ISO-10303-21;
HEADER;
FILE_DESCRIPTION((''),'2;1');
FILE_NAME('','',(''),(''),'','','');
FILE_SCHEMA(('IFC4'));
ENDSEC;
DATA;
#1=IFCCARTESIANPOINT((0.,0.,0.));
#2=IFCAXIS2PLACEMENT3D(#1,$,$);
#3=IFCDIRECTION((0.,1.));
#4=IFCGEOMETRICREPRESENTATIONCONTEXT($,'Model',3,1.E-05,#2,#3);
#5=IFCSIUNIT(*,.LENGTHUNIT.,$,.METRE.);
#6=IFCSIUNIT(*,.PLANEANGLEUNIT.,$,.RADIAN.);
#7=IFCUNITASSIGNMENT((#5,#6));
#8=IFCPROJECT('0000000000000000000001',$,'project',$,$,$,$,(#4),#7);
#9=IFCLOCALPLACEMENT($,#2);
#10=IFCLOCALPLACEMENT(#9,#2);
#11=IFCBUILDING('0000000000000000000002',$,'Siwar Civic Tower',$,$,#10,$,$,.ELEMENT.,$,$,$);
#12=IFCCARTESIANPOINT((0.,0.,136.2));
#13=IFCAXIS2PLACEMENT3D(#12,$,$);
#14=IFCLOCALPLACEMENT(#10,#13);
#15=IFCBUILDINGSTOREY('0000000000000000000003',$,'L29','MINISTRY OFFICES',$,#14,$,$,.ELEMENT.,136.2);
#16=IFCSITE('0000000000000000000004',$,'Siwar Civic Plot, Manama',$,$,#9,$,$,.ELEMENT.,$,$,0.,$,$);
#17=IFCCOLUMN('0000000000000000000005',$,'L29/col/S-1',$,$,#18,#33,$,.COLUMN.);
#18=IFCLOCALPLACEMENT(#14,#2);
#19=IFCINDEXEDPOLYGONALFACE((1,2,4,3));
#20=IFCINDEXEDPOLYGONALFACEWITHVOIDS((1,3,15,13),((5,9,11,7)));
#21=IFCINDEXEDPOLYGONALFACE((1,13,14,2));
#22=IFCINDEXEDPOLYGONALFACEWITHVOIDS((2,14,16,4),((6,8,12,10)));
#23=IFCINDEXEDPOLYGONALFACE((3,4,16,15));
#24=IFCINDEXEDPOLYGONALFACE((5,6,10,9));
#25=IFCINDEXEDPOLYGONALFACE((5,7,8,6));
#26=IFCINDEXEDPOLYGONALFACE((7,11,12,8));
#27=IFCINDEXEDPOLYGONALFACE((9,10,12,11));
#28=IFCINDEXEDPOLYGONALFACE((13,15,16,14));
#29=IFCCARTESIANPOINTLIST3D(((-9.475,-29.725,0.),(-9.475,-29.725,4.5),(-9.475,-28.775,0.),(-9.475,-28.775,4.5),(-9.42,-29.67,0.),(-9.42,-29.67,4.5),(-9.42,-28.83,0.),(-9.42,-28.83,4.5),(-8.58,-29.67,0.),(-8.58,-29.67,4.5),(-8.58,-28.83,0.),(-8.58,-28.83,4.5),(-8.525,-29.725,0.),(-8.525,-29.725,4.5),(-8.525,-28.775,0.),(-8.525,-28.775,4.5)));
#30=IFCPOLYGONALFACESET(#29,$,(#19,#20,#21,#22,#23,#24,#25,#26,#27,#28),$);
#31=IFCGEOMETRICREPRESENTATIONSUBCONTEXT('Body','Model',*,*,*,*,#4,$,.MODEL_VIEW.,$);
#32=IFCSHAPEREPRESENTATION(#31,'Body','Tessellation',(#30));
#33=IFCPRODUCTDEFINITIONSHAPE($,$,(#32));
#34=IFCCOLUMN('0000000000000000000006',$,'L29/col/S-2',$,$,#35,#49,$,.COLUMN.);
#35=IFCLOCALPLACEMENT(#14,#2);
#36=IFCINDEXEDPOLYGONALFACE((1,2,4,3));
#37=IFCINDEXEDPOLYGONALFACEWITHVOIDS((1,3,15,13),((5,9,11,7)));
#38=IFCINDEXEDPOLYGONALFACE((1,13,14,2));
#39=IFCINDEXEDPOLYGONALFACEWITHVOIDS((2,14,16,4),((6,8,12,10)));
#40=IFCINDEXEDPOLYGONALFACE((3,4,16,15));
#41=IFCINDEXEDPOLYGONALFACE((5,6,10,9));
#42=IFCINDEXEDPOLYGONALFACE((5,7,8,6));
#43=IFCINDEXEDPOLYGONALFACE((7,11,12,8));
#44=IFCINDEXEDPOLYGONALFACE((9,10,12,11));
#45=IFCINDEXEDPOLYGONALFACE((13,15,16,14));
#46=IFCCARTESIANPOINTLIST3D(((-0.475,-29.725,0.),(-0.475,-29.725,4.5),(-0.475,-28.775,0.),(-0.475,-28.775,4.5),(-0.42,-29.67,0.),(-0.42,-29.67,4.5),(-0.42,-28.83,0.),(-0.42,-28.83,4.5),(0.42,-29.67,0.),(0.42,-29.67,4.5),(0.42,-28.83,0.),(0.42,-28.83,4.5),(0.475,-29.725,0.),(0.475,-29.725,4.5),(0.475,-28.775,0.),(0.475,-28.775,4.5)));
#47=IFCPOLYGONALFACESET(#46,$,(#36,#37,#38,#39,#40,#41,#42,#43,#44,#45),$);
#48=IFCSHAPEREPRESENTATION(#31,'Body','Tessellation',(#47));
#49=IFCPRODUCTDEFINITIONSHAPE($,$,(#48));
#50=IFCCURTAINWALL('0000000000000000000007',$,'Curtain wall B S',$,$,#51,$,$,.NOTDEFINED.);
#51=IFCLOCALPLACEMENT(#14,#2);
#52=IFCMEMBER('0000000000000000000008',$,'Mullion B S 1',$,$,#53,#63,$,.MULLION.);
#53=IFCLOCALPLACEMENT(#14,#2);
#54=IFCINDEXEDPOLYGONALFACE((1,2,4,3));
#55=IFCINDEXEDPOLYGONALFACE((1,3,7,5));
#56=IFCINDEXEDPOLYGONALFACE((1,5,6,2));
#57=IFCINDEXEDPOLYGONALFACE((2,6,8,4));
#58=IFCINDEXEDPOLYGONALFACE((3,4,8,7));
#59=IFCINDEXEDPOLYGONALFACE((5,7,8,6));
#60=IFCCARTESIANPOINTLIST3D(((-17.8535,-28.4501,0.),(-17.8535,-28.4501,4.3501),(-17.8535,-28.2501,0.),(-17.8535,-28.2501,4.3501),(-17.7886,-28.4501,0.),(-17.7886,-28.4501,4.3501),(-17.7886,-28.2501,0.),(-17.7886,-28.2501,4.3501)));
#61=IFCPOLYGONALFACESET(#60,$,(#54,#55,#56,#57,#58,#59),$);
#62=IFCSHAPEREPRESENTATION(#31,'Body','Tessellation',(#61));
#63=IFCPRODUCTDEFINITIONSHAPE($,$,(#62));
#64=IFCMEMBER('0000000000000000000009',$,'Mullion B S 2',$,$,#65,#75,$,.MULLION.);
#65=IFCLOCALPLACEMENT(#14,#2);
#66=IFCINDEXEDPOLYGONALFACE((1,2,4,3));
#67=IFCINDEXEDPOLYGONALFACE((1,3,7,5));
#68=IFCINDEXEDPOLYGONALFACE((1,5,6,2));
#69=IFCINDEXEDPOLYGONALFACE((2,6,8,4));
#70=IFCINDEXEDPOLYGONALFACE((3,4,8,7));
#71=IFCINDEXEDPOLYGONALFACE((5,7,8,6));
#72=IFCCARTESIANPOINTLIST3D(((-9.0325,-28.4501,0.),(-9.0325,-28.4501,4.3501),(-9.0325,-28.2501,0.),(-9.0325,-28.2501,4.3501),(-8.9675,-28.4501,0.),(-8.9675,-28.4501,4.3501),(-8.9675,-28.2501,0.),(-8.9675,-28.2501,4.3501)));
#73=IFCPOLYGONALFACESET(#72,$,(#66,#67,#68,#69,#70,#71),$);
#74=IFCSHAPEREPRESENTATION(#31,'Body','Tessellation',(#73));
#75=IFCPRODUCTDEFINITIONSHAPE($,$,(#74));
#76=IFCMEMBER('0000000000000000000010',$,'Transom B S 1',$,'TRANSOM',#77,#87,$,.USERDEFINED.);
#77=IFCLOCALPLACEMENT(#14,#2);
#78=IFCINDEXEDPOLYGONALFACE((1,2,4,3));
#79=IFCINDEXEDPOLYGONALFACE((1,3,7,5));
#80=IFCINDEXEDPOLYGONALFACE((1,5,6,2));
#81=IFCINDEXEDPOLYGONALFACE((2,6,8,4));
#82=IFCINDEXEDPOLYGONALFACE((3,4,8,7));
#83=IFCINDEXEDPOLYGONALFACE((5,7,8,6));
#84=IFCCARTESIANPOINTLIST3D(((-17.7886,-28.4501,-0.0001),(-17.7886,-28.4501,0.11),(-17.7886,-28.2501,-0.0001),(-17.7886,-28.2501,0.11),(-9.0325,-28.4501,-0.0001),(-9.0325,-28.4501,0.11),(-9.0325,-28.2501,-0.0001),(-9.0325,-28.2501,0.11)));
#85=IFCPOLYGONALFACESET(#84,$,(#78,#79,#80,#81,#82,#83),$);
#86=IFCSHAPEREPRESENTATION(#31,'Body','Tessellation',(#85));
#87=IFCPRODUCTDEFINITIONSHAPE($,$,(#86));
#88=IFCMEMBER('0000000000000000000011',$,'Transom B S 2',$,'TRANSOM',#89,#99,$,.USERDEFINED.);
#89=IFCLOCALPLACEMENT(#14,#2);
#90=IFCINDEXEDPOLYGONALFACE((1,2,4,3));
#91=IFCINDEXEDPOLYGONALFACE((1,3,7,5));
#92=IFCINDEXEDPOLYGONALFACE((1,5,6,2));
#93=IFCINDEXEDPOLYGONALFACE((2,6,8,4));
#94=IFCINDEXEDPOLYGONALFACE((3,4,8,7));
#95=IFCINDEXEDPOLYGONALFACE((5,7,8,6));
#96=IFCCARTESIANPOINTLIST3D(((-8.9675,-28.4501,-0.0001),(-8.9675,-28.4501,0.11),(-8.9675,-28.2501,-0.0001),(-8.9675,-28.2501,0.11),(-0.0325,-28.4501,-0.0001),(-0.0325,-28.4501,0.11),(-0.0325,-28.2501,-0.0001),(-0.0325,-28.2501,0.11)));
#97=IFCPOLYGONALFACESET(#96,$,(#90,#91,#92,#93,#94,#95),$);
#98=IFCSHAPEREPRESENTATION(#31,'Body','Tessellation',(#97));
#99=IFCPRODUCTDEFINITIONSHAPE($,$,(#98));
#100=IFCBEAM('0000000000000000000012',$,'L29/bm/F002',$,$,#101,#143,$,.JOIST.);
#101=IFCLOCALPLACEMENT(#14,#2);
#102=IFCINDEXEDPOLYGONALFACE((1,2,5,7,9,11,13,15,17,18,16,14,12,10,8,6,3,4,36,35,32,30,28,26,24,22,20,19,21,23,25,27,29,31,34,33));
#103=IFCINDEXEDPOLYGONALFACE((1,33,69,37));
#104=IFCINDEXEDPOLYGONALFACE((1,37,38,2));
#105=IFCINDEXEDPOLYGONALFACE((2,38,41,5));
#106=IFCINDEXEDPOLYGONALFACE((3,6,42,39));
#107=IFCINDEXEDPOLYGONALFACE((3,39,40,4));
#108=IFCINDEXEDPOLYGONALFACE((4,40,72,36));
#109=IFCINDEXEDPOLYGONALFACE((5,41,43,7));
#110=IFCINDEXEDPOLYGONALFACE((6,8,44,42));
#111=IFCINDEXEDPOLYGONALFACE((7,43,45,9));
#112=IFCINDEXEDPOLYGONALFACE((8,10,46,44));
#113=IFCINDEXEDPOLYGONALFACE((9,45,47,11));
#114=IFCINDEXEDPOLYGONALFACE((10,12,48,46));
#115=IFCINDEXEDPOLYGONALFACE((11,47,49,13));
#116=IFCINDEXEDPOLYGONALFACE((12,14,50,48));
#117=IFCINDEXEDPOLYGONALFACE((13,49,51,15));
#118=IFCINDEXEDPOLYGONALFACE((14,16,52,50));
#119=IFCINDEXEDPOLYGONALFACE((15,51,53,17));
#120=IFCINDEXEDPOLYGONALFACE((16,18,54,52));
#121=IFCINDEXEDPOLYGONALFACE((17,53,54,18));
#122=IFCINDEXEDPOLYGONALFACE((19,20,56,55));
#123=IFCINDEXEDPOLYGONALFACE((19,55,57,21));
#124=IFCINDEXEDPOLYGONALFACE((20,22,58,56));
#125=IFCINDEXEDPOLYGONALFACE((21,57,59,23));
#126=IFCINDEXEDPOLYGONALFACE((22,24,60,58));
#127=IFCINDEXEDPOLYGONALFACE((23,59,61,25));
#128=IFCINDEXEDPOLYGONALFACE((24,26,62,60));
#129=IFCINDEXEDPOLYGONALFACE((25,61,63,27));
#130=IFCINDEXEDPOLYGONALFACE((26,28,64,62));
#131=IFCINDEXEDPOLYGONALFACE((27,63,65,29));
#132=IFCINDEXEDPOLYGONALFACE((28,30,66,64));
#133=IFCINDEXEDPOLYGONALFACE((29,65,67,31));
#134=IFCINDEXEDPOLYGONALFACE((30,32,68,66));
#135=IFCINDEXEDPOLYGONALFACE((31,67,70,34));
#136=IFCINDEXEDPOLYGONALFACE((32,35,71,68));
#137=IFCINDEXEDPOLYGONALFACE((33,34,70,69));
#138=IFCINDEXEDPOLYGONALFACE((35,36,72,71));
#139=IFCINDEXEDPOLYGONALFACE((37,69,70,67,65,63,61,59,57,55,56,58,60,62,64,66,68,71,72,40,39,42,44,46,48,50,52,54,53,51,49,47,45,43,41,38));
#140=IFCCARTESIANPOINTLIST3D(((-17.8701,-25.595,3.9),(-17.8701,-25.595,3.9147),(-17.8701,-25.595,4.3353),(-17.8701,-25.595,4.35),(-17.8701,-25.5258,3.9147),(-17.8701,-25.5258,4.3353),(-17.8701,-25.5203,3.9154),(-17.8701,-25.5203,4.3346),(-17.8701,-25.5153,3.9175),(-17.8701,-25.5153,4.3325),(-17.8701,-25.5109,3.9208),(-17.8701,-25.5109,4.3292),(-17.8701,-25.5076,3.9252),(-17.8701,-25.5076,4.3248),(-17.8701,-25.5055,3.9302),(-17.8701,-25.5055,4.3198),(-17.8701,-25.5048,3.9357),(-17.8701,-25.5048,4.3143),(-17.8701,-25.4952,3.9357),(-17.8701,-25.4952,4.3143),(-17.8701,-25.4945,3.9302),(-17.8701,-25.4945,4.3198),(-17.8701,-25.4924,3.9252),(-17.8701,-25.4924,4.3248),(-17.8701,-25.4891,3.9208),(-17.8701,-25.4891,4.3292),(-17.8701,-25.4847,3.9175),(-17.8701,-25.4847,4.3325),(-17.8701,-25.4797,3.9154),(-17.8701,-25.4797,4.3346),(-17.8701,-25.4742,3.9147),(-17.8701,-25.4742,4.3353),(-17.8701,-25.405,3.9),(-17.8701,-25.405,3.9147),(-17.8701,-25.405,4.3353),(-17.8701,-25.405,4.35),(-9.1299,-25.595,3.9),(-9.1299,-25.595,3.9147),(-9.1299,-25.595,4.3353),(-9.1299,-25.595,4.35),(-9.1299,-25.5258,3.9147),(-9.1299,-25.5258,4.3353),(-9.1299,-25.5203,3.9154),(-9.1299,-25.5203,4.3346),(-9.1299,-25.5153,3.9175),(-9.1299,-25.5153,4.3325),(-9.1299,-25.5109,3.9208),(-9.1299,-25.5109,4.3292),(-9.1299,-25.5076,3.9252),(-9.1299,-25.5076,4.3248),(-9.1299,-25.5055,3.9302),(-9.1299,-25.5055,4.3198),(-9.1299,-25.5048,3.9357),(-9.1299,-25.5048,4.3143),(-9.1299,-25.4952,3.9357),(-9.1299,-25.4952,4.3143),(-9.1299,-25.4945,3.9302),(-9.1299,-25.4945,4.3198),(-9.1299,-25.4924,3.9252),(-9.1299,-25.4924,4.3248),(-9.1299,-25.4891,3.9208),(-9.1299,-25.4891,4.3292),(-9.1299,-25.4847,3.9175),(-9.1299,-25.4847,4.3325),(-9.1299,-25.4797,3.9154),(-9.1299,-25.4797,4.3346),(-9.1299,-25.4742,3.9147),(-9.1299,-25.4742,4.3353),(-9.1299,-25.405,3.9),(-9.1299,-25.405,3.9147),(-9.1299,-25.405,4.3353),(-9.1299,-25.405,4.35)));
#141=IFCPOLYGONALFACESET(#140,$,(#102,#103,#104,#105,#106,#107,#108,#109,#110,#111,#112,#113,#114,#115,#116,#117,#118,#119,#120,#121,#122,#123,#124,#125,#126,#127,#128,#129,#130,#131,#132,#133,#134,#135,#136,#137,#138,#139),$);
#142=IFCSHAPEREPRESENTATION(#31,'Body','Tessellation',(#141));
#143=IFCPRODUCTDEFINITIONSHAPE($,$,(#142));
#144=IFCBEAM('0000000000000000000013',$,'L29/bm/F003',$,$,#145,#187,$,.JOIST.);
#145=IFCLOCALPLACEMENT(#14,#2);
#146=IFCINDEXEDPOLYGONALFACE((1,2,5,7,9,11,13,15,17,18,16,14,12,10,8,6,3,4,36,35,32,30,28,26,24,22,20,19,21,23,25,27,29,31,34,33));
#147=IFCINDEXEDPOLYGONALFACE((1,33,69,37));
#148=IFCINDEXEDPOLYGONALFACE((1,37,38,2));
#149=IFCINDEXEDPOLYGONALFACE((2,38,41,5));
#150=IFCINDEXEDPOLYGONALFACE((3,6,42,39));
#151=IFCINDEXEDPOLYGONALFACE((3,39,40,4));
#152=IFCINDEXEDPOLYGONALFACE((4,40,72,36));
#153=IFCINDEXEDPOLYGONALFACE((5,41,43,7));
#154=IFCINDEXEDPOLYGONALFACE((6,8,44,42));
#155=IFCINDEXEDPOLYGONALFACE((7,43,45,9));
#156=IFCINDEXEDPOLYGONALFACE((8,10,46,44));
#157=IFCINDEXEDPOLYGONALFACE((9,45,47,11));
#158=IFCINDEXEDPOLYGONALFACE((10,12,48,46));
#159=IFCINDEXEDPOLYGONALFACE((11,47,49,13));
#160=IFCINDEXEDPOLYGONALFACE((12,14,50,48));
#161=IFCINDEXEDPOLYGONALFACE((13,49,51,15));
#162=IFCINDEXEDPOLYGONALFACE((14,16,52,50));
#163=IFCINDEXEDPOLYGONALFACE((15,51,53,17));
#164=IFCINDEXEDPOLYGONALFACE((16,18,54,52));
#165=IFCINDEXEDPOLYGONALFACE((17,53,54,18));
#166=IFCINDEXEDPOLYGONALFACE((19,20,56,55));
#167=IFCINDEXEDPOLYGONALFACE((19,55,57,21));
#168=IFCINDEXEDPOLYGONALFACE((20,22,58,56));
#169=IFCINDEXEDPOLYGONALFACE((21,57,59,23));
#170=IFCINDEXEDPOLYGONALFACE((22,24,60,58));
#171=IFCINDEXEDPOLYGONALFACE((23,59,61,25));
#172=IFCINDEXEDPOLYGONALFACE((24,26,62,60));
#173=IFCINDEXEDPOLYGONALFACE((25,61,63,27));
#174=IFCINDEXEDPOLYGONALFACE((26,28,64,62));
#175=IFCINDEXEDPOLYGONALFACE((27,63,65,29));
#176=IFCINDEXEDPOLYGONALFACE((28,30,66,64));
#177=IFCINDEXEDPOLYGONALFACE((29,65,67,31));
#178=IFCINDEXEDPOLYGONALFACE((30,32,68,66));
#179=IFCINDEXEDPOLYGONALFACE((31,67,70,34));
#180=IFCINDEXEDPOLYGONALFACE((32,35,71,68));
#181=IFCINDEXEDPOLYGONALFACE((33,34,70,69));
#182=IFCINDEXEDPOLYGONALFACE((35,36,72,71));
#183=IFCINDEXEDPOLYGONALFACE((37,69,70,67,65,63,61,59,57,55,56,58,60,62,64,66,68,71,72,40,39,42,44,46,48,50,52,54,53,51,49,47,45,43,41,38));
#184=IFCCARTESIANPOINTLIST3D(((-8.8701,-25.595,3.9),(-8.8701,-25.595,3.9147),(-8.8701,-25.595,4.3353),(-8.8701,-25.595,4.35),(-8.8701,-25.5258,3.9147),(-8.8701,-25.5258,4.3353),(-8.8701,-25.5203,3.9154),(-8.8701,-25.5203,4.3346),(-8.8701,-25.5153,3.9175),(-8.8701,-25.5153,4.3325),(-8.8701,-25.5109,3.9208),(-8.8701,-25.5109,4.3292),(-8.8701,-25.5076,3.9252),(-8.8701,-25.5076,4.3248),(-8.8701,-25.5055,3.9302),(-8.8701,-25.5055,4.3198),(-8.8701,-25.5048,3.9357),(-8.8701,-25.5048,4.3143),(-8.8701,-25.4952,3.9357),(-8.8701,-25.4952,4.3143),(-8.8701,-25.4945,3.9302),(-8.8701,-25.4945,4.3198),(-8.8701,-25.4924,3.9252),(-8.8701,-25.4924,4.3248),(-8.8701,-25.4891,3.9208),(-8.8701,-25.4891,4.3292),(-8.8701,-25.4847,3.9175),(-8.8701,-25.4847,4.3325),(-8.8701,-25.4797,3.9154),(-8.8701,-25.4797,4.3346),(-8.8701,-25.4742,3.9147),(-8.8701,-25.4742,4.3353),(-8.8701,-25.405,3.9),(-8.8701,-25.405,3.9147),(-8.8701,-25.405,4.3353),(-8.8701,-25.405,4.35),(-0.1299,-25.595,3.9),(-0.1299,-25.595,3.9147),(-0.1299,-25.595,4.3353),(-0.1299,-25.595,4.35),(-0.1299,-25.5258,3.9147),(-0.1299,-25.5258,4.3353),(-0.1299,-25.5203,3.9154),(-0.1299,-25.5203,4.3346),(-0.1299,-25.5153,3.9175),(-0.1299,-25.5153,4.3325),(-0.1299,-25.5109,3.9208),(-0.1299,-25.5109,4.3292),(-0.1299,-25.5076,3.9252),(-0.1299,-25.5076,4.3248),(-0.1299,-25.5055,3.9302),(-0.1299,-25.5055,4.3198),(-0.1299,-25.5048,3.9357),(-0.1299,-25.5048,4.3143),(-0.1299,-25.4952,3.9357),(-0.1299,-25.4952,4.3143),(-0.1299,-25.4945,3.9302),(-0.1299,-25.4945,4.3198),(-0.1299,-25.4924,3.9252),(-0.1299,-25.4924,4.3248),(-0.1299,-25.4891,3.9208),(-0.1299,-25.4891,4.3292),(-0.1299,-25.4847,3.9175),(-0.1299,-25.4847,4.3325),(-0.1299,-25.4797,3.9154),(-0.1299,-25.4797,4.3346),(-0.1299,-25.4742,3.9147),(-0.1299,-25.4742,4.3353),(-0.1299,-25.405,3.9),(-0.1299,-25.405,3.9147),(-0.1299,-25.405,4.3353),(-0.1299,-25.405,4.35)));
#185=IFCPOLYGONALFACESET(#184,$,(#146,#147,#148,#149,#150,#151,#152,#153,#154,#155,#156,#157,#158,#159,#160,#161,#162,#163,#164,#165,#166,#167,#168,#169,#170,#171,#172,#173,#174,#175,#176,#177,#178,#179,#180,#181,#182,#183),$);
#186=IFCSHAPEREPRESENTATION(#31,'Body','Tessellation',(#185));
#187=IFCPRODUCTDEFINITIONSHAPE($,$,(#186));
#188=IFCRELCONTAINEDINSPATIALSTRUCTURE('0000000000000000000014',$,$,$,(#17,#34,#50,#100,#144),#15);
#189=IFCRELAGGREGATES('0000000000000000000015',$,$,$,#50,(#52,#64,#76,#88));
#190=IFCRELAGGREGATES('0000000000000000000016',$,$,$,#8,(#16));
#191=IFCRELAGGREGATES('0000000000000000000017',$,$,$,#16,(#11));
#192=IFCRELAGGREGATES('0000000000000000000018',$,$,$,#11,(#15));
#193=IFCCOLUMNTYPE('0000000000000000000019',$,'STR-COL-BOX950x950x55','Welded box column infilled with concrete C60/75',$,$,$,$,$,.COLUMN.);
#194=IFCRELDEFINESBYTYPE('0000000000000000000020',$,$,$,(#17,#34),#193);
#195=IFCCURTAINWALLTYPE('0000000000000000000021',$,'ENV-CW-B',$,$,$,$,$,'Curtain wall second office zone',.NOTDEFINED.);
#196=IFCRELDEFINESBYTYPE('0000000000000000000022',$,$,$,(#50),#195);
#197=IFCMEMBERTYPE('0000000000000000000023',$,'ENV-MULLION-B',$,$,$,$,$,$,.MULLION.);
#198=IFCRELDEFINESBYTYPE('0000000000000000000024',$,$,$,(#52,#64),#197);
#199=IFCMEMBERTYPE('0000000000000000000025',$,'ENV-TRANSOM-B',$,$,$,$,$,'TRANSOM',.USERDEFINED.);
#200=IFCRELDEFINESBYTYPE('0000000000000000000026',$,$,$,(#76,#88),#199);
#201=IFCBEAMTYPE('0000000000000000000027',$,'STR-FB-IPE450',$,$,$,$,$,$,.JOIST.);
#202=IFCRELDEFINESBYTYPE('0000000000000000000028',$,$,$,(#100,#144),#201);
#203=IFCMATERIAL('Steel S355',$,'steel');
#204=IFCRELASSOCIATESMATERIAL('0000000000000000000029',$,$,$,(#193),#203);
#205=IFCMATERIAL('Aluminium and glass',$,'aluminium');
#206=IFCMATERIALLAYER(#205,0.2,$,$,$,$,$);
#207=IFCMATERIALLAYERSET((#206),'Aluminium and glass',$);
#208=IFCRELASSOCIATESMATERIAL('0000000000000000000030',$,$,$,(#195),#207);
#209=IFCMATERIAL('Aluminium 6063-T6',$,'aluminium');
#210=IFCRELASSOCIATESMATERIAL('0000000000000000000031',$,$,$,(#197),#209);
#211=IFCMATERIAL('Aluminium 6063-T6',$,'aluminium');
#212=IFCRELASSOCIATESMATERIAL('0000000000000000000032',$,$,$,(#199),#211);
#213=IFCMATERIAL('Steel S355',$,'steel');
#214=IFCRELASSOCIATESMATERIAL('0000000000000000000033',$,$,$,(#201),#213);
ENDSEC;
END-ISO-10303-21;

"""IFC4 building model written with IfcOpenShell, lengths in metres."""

from ifc_helpers import new_model, si_unit, direction, frame, origin, origin_2d, place, context, subcontext, project, spatial, rectangle, hollow_rectangle, i_section, extrude, material, layer, layer_set, material_profile, profile_set, type_object, element, aggregate, save


model = new_model("IFC4")

# Units and contexts
model_context = context("Model", 3, precision=1e-05, world=origin(), true_north=direction((0.0, 1.0)))
body_context = subcontext(model_context, "Body", "Model", "MODEL_VIEW")
ifc_project = project(units=[si_unit("LENGTHUNIT", "METRE"), si_unit("PLANEANGLEUNIT", "RADIAN")], contexts=[model_context])

# Site, building, storey
site_placement = place(None, origin())
site = spatial("IfcSite", under=ifc_project, at=site_placement, Name="Siwar Civic Plot, Manama", CompositionType="ELEMENT", RefElevation=0.0)
building_placement = place(site_placement, origin())
building = spatial("IfcBuilding", under=site, at=building_placement, Name="Siwar Civic Tower", CompositionType="ELEMENT")
storey_placement = place(building_placement, frame((0.0, 0.0, 136.2)))
storey = spatial("IfcBuildingStorey", under=building, at=storey_placement, Name="L29", Description="MINISTRY OFFICES", CompositionType="ELEMENT", Elevation=136.2)

# Columns
ifc_material_1 = material(Name="Steel S355", Category="steel")
ifc_material_profile_1 = material_profile(ifc_material_1, hollow_rectangle(XDim=0.95, YDim=0.95, WallThickness=0.0549, at=origin_2d()), Name="BOX950x950x55")
ifc_profile_set_1 = profile_set([ifc_material_profile_1], Name="Steel S355")
column_type = type_object("IfcColumnType", Name="STR-COL-BOX950x950x55", Description="Welded box column infilled with concrete C60/75", PredefinedType="COLUMN", material=ifc_profile_set_1)
for number, where, z_axis, x_axis, name in (
    (1, (-9.0, -29.25, 0.0), (0.0, 0.0, 1.0), (1.0, 0.0, 0.0), "L29/col/S-1"),
    (2, (0.0, -29.25, 0.0), (0.0, 0.0, 1.0), (1.0, 0.0, 0.0), "L29/col/S-2"),
):
    element("IfcColumn", number, at=place(storey_placement, frame(where, z_axis=z_axis, x_axis=x_axis)), inside=storey, type_object=column_type, Name=name, PredefinedType="COLUMN", context=body_context, shape_type="SweptSolid", body=[
        extrude(hollow_rectangle(XDim=0.95, YDim=0.95, WallThickness=0.0549, at=origin_2d()), origin(), (0.0, 0.0, 1.0), 4.5),
    ])

# Curtain wall, members
ifc_material_2 = material(Name="Aluminium and glass", Category="aluminium")
ifc_layer_1 = layer(ifc_material_2, 0.2)
ifc_layer_set_1 = layer_set([ifc_layer_1], Name="Aluminium and glass")
curtain_wall_type = type_object("IfcCurtainWallType", Name="ENV-CW-B", ElementType="Curtain wall second office zone", PredefinedType="NOTDEFINED", material=ifc_layer_set_1)
curtain_wall_placement = place(storey_placement, origin())
curtain_wall = element("IfcCurtainWall", 3, at=curtain_wall_placement, inside=storey, type_object=curtain_wall_type, Name="Curtain wall B S", PredefinedType="NOTDEFINED")
ifc_material_3 = material(Name="Aluminium 6063-T6", Category="aluminium")
ifc_material_profile_2 = material_profile(ifc_material_3, rectangle(XDim=0.2, YDim=0.0649, at=origin_2d()), Name="AL 200x65")
ifc_profile_set_2 = profile_set([ifc_material_profile_2], Name="Aluminium 6063-T6")
member_type_1 = type_object("IfcMemberType", Name="ENV-MULLION-B", PredefinedType="MULLION", material=ifc_profile_set_2)
member_1_placement = place(storey_placement, frame((-17.821, -28.3501, 0.0), z_axis=(0.0, 0.0, 1.0), x_axis=(0.0, 1.0, 0.0)))
member_1 = element("IfcMember", 4, at=member_1_placement, type_object=member_type_1, Name="Mullion B S 1", PredefinedType="MULLION", context=body_context, shape_type="SweptSolid", body=[
    extrude(rectangle(XDim=0.2, YDim=0.0649, at=origin_2d()), origin(), (0.0, 0.0, 1.0), 4.3501),
])
member_2_placement = place(storey_placement, frame((-9.0, -28.3501, 0.0), z_axis=(0.0, 0.0, 1.0), x_axis=(0.0, 1.0, 0.0)))
member_2 = element("IfcMember", 5, at=member_2_placement, type_object=member_type_1, Name="Mullion B S 2", PredefinedType="MULLION", context=body_context, shape_type="SweptSolid", body=[
    extrude(rectangle(XDim=0.2, YDim=0.0649, at=origin_2d()), origin(), (0.0, 0.0, 1.0), 4.3501),
])
ifc_material_4 = material(Name="Aluminium 6063-T6", Category="aluminium")
ifc_material_profile_3 = material_profile(ifc_material_4, rectangle(XDim=0.2, YDim=0.1101, at=origin_2d()), Name="AL 200x110")
ifc_profile_set_3 = profile_set([ifc_material_profile_3], Name="Aluminium 6063-T6")
member_type_2 = type_object("IfcMemberType", Name="ENV-TRANSOM-B", ElementType="TRANSOM", PredefinedType="USERDEFINED", material=ifc_profile_set_3)
member_3_placement = place(storey_placement, frame((-17.7886, -28.3501, 0.0549), z_axis=(1.0, 0.0, 0.0), x_axis=(0.0, 1.0, 0.0)))
member_3 = element("IfcMember", 6, at=member_3_placement, type_object=member_type_2, Name="Transom B S 1", ObjectType="TRANSOM", PredefinedType="USERDEFINED", context=body_context, shape_type="SweptSolid", body=[
    extrude(rectangle(XDim=0.2, YDim=0.1101, at=origin_2d()), origin(), (0.0, 0.0, 1.0), 8.7561),
])
member_4_placement = place(storey_placement, frame((-8.9675, -28.3501, 0.0549), z_axis=(1.0, 0.0, 0.0), x_axis=(0.0, 1.0, 0.0)))
member_4 = element("IfcMember", 7, at=member_4_placement, type_object=member_type_2, Name="Transom B S 2", ObjectType="TRANSOM", PredefinedType="USERDEFINED", context=body_context, shape_type="SweptSolid", body=[
    extrude(rectangle(XDim=0.2, YDim=0.1101, at=origin_2d()), origin(), (0.0, 0.0, 1.0), 8.9351),
])

# Beams
ifc_material_5 = material(Name="Steel S355", Category="steel")
ifc_material_profile_4 = material_profile(ifc_material_5, i_section(OverallWidth=0.1899, OverallDepth=0.45, WebThickness=0.0095, FlangeThickness=0.0146, FilletRadius=0.021, at=origin_2d()), Name="IPE450")
ifc_profile_set_4 = profile_set([ifc_material_profile_4], Name="Steel S355")
beam_type_1 = type_object("IfcBeamType", Name="STR-FB-IPE450", PredefinedType="JOIST", material=ifc_profile_set_4)
for number, where, z_axis, x_axis, name in (
    (8, (-17.8701, -25.5, 4.125), (1.0, 0.0, 0.0), (0.0, 1.0, 0.0), "L29/bm/F002"),
    (9, (-8.8701, -25.5, 4.125), (1.0, 0.0, 0.0), (0.0, 1.0, 0.0), "L29/bm/F003"),
):
    element("IfcBeam", number, at=place(storey_placement, frame(where, z_axis=z_axis, x_axis=x_axis)), inside=storey, type_object=beam_type_1, Name=name, PredefinedType="JOIST", context=body_context, shape_type="SweptSolid", body=[
        extrude(i_section(OverallWidth=0.1899, OverallDepth=0.45, WebThickness=0.0095, FlangeThickness=0.0146, FilletRadius=0.021, at=origin_2d()), origin(), (0.0, 0.0, 1.0), 8.7402),
    ])

aggregate(curtain_wall, [member_1, member_2, member_3, member_4])

save(model, "model.ifc")
